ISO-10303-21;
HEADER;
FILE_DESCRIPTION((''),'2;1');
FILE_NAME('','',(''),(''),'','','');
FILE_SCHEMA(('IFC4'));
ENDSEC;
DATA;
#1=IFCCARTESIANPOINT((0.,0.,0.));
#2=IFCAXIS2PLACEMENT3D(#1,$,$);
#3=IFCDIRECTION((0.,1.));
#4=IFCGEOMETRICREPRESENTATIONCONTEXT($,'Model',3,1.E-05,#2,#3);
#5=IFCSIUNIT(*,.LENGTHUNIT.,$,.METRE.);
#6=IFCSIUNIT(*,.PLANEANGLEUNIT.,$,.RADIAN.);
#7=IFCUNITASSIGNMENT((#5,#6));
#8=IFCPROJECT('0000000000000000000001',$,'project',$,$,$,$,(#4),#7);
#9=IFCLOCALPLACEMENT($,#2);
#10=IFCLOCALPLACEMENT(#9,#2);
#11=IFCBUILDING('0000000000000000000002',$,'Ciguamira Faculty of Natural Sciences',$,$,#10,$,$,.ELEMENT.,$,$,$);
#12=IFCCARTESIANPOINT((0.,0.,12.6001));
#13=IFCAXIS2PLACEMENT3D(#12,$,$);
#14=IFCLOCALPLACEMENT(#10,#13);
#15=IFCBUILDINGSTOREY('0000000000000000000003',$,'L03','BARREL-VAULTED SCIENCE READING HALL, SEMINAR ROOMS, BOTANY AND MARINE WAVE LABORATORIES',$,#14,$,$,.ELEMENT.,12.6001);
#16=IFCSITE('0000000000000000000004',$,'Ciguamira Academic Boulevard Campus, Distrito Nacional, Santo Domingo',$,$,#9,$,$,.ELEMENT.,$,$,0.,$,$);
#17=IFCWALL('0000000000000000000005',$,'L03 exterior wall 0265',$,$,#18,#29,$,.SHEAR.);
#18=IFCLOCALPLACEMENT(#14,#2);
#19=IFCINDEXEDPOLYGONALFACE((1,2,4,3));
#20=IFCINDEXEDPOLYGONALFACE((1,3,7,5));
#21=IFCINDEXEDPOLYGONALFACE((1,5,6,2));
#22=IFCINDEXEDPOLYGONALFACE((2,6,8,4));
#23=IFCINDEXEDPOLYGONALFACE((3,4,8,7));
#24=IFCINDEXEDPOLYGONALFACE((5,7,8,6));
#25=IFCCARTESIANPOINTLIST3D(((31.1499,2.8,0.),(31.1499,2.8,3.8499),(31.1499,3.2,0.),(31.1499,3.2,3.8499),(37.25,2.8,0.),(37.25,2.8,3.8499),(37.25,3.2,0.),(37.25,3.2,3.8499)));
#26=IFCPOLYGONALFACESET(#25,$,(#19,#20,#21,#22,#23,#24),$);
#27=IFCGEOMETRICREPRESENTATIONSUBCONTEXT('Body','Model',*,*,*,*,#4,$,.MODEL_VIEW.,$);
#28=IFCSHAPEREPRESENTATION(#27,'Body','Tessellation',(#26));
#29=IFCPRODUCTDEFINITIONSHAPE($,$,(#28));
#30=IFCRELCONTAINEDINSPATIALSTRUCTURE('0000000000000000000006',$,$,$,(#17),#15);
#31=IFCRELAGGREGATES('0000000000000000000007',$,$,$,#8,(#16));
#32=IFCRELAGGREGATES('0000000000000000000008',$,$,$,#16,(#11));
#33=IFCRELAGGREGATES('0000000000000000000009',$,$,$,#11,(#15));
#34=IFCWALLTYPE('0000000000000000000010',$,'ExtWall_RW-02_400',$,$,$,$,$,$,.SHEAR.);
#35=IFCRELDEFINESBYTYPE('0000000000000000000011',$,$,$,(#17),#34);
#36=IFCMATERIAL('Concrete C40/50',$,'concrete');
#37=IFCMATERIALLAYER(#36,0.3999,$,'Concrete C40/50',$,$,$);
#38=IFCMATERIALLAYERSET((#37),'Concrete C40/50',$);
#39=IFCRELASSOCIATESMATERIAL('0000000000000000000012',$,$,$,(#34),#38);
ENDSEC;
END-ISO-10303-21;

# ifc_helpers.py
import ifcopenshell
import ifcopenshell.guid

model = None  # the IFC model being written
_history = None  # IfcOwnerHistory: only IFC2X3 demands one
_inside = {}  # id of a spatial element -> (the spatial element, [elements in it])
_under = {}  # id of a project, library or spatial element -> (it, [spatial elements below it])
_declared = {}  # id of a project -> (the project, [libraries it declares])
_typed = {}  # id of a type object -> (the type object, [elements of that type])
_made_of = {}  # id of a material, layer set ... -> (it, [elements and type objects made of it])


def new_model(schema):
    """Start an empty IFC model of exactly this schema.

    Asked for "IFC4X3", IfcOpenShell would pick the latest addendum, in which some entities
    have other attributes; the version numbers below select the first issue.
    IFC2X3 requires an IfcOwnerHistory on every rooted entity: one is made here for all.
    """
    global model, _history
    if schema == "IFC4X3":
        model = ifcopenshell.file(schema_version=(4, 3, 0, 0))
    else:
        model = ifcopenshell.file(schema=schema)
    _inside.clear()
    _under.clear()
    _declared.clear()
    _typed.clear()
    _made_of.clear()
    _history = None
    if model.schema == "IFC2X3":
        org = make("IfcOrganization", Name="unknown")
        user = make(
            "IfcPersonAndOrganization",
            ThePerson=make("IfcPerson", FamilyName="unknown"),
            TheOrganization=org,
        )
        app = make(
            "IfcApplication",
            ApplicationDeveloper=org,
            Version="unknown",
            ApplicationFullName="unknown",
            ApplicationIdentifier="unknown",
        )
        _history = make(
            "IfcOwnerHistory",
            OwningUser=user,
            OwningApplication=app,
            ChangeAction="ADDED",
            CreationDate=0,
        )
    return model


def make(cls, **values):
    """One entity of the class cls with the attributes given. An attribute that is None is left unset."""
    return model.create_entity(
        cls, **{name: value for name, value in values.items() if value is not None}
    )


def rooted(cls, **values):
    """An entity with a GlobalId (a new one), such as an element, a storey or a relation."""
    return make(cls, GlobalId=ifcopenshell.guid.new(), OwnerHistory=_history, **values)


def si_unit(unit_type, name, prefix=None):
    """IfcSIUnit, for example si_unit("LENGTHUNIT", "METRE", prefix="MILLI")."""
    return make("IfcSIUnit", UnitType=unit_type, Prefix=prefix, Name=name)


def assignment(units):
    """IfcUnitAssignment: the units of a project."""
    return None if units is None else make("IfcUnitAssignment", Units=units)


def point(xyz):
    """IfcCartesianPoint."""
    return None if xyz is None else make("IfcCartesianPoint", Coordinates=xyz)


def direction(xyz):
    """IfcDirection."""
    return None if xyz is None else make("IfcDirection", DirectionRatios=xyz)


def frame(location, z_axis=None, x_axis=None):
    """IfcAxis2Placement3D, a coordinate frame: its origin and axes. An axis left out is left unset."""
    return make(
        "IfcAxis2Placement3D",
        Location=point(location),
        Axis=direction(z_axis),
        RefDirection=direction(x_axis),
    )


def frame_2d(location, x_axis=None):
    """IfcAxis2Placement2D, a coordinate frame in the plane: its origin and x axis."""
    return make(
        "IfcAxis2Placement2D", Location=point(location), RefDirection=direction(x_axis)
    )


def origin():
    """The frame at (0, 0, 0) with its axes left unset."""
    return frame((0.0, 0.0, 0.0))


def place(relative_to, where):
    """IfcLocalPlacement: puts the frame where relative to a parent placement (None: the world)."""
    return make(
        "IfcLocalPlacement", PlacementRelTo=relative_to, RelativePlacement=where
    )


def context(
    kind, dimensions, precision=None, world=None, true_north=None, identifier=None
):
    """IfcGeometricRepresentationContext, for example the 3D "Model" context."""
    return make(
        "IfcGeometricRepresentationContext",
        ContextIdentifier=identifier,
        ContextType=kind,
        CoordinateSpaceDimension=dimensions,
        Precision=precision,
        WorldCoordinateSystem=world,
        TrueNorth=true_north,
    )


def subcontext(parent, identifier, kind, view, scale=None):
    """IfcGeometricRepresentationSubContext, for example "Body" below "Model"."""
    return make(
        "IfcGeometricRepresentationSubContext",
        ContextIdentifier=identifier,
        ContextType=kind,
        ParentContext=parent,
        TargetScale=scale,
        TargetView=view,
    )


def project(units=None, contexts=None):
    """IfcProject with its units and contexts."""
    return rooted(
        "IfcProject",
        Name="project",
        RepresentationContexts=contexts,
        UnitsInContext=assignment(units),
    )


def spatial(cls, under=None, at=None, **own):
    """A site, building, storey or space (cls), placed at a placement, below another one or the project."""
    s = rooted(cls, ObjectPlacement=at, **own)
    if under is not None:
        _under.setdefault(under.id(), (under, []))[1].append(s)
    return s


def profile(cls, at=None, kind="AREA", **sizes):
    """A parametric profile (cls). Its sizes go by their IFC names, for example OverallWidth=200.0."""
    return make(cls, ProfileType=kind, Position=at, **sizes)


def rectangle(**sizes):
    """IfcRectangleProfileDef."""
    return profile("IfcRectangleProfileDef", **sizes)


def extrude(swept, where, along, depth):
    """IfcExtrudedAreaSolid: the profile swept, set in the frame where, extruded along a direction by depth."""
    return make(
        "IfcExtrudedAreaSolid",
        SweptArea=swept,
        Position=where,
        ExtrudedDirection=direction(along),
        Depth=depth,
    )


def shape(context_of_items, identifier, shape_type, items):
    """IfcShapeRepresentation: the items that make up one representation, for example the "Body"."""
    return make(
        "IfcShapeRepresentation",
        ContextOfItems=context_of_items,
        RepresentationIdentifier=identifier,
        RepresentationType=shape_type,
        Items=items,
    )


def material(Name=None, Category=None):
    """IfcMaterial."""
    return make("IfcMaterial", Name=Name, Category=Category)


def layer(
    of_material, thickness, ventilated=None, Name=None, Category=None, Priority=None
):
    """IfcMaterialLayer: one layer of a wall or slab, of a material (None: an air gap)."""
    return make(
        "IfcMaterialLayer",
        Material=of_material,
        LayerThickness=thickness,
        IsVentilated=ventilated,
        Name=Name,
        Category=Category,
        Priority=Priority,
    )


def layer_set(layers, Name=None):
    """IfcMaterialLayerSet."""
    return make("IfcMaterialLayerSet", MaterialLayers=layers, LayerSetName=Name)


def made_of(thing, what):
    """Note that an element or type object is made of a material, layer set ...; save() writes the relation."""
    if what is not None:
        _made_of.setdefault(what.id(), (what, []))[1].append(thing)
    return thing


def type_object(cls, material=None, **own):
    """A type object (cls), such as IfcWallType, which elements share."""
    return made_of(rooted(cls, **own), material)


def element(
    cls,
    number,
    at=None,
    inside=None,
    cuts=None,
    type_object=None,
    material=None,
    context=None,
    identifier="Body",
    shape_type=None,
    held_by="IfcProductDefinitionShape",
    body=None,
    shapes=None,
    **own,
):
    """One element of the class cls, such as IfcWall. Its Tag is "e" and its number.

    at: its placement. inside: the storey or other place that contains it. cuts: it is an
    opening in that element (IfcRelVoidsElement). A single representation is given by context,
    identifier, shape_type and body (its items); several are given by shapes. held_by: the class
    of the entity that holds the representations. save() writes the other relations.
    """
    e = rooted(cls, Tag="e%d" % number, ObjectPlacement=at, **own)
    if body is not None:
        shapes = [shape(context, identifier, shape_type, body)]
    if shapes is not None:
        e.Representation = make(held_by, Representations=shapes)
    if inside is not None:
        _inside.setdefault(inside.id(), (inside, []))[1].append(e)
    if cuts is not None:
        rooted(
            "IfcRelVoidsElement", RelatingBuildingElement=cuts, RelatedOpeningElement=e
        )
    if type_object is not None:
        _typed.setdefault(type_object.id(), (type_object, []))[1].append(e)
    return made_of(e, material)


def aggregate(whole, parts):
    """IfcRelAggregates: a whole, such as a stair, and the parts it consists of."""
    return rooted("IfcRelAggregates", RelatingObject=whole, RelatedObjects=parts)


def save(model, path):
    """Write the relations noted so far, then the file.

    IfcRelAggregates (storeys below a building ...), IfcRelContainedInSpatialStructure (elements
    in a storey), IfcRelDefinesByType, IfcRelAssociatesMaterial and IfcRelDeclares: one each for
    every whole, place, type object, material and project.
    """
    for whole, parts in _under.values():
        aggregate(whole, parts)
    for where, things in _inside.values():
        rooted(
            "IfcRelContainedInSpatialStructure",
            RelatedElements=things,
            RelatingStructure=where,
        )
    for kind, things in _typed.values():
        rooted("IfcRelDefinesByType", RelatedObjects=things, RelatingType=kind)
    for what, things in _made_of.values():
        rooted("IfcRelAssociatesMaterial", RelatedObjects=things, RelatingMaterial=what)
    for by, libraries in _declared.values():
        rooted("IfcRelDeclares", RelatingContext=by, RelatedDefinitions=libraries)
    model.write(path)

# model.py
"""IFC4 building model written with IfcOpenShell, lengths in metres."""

from ifc_helpers import new_model, si_unit, direction, frame, frame_2d, origin, place, context, subcontext, project, spatial, rectangle, extrude, material, layer, layer_set, type_object, element, save


model = new_model("IFC4")

# Units and contexts
model_context = context("Model", 3, precision=1e-05, world=origin(), true_north=direction((0.0, 1.0)))
body_context = subcontext(model_context, "Body", "Model", "MODEL_VIEW")
ifc_project = project(units=[si_unit("LENGTHUNIT", "METRE"), si_unit("PLANEANGLEUNIT", "RADIAN")], contexts=[model_context])

# Site, building, storey
site_placement = place(None, origin())
site = spatial("IfcSite", under=ifc_project, at=site_placement, Name="Ciguamira Academic Boulevard Campus, Distrito Nacional, Santo Domingo", CompositionType="ELEMENT", RefElevation=0.0)
building_placement = place(site_placement, origin())
building = spatial("IfcBuilding", under=site, at=building_placement, Name="Ciguamira Faculty of Natural Sciences", CompositionType="ELEMENT")
storey_placement = place(building_placement, frame((0.0, 0.0, 12.6001)))
storey = spatial("IfcBuildingStorey", under=building, at=storey_placement, Name="L03", Description="BARREL-VAULTED SCIENCE READING HALL, SEMINAR ROOMS, BOTANY AND MARINE WAVE LABORATORIES", CompositionType="ELEMENT", Elevation=12.6001)

# Shared definitions
ifc_material_1 = material(Name="Concrete C40/50", Category="concrete")

# Wall
ifc_layer_1 = layer(ifc_material_1, 0.3999, Name="Concrete C40/50")
ifc_layer_set_1 = layer_set([ifc_layer_1], Name="Concrete C40/50")
wall_type_1 = type_object("IfcWallType", Name="ExtWall_RW-02_400", PredefinedType="SHEAR", material=ifc_layer_set_1)
wall_1_placement = place(storey_placement, frame((31.1499, 3.0, 0.0), z_axis=(0.0, 0.0, 1.0), x_axis=(1.0, 0.0, 0.0)))
element("IfcWall", 1, at=wall_1_placement, inside=storey, type_object=wall_type_1, Name="L03 exterior wall 0265", PredefinedType="SHEAR", context=body_context, shape_type="SweptSolid", body=[
    extrude(rectangle(XDim=6.1001, YDim=0.3999, at=frame_2d((3.05, 0.0))), origin(), (0.0, 0.0, 1.0), 3.8499),
])

save(model, "model.ifc")
